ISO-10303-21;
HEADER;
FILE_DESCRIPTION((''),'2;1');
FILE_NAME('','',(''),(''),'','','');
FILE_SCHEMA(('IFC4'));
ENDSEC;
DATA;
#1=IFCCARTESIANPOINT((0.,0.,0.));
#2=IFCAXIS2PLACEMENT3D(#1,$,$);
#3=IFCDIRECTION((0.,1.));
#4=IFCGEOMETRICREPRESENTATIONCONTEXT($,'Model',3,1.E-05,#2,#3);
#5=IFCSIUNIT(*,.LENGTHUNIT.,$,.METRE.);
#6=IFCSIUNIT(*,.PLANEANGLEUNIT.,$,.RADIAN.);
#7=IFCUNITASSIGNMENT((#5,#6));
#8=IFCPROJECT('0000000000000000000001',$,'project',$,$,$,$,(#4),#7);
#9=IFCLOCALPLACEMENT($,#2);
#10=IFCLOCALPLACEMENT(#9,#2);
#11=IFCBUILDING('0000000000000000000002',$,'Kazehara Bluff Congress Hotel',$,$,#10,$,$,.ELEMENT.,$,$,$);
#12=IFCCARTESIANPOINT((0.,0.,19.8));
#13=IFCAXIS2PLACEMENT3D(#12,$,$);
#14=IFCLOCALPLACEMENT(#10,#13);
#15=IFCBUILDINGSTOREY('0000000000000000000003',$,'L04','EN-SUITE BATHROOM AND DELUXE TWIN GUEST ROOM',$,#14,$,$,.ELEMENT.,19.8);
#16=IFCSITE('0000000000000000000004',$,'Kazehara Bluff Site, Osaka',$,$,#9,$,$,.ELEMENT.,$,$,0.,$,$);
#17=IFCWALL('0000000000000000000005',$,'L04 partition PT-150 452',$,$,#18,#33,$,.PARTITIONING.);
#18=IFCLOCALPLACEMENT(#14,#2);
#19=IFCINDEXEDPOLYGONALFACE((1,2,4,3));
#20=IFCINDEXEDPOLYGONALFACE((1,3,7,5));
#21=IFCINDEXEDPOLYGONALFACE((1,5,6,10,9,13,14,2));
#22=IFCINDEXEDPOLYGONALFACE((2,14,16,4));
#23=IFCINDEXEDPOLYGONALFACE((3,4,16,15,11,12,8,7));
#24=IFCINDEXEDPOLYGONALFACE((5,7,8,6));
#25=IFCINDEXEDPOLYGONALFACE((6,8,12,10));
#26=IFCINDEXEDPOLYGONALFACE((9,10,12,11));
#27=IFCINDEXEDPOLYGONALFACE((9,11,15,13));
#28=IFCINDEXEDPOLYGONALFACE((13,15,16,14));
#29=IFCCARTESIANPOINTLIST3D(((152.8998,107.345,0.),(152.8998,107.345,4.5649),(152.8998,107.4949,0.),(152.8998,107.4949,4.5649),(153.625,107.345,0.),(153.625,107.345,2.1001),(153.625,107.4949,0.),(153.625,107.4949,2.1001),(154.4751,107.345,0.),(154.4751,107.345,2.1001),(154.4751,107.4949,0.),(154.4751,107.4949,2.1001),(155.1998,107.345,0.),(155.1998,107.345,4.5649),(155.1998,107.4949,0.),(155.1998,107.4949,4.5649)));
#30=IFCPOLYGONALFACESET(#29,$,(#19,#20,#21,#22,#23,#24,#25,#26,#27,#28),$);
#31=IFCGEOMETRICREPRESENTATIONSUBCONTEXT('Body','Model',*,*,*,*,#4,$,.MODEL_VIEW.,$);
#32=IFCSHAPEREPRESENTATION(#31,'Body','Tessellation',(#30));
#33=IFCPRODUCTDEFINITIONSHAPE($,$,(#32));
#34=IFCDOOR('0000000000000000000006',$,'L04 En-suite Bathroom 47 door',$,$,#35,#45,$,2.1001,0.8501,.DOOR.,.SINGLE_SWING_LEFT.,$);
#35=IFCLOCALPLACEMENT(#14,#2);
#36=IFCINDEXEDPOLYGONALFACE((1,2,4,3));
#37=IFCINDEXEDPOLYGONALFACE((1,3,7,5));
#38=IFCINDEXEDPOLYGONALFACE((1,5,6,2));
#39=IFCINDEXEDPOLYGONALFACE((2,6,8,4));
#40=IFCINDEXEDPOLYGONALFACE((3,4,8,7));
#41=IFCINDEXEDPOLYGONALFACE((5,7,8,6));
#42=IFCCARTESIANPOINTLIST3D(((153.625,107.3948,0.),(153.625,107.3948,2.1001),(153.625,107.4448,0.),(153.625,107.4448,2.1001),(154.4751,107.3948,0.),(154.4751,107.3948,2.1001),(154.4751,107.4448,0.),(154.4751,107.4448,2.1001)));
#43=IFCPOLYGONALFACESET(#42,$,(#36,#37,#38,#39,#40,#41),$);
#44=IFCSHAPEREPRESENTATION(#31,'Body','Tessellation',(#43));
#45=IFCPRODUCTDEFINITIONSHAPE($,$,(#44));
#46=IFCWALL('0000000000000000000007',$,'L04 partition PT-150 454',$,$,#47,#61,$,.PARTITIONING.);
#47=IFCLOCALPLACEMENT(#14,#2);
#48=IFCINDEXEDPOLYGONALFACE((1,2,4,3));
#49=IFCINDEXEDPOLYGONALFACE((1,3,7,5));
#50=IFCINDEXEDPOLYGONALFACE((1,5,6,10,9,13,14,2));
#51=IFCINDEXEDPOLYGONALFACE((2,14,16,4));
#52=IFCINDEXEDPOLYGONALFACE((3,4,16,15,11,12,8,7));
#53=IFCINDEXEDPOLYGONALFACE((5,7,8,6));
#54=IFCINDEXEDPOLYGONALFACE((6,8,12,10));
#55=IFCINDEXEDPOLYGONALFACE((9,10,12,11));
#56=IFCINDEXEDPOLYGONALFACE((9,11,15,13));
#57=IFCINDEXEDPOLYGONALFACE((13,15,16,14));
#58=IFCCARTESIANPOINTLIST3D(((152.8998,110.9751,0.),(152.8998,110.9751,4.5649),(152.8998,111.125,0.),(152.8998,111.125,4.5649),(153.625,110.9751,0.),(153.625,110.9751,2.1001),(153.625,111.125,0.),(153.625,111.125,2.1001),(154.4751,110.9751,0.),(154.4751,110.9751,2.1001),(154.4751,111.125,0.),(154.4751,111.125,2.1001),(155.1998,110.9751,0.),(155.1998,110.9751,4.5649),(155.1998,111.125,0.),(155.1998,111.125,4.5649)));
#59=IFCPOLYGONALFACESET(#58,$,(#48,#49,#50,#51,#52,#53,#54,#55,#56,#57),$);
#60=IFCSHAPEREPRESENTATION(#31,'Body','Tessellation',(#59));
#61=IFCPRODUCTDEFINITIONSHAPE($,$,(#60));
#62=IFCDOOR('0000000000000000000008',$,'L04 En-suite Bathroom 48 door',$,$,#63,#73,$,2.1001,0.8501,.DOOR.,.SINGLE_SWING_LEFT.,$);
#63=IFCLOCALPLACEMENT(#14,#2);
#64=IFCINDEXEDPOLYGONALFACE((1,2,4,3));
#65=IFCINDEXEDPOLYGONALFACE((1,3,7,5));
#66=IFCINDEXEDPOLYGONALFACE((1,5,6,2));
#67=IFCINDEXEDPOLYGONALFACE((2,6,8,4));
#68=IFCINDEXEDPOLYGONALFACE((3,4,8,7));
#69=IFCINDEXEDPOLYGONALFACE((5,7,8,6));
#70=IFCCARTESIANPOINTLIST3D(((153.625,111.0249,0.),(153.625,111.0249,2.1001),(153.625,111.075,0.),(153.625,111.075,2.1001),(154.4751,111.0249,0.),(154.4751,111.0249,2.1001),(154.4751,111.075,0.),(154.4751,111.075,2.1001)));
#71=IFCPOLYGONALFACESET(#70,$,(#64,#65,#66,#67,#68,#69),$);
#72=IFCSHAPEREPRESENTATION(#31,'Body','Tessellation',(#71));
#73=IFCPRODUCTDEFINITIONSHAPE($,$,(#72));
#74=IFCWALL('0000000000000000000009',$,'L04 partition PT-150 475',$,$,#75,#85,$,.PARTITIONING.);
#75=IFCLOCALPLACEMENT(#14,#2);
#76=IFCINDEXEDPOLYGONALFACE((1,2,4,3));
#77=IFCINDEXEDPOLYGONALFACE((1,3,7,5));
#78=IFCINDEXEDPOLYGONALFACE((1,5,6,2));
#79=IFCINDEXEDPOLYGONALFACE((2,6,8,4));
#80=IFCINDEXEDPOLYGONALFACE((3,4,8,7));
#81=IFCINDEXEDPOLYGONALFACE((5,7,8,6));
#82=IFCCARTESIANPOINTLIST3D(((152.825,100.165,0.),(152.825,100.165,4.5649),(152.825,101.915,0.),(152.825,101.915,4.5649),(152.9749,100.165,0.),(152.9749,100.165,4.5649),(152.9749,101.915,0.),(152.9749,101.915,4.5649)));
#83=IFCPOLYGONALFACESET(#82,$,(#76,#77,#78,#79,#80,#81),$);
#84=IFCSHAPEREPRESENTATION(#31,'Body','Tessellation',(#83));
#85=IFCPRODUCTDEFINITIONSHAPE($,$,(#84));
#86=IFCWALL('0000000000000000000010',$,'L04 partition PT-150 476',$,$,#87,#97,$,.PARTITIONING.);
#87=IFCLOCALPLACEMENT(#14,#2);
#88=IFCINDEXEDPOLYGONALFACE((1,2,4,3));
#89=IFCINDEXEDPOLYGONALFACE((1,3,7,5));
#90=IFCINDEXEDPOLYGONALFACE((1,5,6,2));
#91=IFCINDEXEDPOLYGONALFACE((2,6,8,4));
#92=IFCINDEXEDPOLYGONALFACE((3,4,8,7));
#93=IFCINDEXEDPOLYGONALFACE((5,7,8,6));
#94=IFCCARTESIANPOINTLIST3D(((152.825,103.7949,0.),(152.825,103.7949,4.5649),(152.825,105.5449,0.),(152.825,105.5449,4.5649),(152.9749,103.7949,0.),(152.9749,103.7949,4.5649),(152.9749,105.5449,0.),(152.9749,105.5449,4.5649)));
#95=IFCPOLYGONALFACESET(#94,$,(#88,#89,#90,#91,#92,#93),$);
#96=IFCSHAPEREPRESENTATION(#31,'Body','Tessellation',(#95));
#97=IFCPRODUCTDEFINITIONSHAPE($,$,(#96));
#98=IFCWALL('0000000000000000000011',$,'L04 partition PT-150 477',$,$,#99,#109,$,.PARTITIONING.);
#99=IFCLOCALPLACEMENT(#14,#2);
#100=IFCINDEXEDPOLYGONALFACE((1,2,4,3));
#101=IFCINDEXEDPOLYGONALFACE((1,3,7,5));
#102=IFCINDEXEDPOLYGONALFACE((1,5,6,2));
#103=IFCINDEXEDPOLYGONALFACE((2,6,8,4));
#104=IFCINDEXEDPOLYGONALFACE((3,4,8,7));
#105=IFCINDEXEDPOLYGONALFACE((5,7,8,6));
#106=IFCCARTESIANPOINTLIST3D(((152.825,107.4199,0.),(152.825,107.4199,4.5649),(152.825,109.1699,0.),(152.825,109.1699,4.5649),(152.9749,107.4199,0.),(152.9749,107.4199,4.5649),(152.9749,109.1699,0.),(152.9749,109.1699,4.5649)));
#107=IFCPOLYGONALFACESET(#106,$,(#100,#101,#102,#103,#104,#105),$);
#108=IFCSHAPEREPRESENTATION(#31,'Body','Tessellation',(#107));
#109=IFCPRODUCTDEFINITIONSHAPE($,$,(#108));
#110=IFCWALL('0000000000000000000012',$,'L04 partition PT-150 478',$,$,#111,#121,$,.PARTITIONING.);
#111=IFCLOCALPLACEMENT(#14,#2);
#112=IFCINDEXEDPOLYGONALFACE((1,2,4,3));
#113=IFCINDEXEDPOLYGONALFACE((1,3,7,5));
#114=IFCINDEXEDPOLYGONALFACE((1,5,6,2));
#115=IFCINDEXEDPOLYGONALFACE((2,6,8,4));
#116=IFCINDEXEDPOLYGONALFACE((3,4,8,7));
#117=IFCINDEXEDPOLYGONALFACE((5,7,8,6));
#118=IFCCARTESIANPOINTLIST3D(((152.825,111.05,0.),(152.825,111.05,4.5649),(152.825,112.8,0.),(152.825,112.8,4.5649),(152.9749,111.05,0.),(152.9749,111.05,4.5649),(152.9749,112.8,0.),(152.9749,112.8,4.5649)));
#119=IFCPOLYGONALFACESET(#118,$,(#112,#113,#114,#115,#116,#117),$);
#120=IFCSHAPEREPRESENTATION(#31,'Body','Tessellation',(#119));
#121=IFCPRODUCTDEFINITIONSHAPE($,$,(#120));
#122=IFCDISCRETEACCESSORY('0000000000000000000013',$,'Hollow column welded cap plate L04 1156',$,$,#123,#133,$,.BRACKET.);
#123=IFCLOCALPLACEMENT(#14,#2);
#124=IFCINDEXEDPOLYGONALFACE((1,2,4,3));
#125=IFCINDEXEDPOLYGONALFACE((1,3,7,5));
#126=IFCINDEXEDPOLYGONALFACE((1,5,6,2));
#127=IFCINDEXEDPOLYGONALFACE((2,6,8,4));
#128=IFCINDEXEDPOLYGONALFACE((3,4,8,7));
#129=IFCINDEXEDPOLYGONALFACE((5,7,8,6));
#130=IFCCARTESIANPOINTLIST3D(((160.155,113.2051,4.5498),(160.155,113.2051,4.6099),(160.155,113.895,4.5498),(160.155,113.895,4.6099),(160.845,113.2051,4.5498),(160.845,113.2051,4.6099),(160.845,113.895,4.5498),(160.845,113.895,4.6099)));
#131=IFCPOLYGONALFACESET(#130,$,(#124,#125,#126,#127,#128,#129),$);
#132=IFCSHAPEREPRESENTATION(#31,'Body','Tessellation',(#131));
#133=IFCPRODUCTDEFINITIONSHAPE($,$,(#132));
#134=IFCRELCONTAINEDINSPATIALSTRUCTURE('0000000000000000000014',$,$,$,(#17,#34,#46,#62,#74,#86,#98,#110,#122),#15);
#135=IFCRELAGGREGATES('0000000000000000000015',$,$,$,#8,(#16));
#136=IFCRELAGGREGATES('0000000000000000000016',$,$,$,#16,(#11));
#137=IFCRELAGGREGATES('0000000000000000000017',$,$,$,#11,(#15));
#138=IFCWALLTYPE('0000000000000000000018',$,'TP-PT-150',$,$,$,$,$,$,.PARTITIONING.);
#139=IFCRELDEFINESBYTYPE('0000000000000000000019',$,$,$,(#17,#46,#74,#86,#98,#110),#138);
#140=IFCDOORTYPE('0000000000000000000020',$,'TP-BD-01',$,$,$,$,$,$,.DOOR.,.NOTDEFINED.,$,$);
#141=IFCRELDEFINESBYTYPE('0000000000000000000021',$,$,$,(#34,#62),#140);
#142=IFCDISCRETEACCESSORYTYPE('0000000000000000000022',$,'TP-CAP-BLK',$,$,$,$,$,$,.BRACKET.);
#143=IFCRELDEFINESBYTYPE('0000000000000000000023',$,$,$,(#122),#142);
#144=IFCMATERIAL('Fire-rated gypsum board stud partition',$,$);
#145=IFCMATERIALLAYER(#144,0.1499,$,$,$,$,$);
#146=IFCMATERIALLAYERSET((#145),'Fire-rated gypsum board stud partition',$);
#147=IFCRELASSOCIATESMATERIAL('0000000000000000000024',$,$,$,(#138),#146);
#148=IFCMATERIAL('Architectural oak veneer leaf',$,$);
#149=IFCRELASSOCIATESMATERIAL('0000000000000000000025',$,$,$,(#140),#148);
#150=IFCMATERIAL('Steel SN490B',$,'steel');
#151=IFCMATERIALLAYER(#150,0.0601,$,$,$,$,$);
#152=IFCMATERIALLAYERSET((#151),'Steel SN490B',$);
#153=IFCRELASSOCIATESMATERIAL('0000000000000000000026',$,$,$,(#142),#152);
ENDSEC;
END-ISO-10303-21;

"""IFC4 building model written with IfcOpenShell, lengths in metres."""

from ifc_helpers import new_model, si_unit, direction, frame, frame_2d, origin, origin_2d, place, context, subcontext, project, spatial, rectangle, extrude, material, layer, layer_set, type_object, element, fill, save


model = new_model("IFC4")

# Units and contexts
model_context = context("Model", 3, precision=1e-05, world=origin(), true_north=direction((0.0, 1.0)))
body_context = subcontext(model_context, "Body", "Model", "MODEL_VIEW")
ifc_project = project(units=[si_unit("LENGTHUNIT", "METRE"), si_unit("PLANEANGLEUNIT", "RADIAN")], contexts=[model_context])

# Site, building, storey
site_placement = place(None, origin())
site = spatial("IfcSite", under=ifc_project, at=site_placement, Name="Kazehara Bluff Site, Osaka", CompositionType="ELEMENT", RefElevation=0.0)
building_placement = place(site_placement, origin())
building = spatial("IfcBuilding", under=site, at=building_placement, Name="Kazehara Bluff Congress Hotel", CompositionType="ELEMENT")
storey_placement = place(building_placement, frame((0.0, 0.0, 19.8)))
storey = spatial("IfcBuildingStorey", under=building, at=storey_placement, Name="L04", Description="EN-SUITE BATHROOM AND DELUXE TWIN GUEST ROOM", CompositionType="ELEMENT", Elevation=19.8)

# Walls, openings, doors
ifc_material_1 = material(Name="Fire-rated gypsum board stud partition")
ifc_layer_1 = layer(ifc_material_1, 0.1499)
ifc_layer_set_1 = layer_set([ifc_layer_1], Name="Fire-rated gypsum board stud partition")
wall_type = type_object("IfcWallType", Name="TP-PT-150", PredefinedType="PARTITIONING", material=ifc_layer_set_1)
ifc_material_2 = material(Name="Architectural oak veneer leaf")
door_type = type_object("IfcDoorType", Name="TP-BD-01", OperationType="NOTDEFINED", PredefinedType="DOOR", material=ifc_material_2)
wall_1_placement = place(storey_placement, frame((152.8999, 107.4199, 0.0), z_axis=(0.0, 0.0, 1.0), x_axis=(1.0, 0.0, 0.0)))
wall_1 = element("IfcWall", 1, at=wall_1_placement, inside=storey, type_object=wall_type, Name="L04 partition PT-150 452", PredefinedType="PARTITIONING", context=body_context, shape_type="SweptSolid", body=[
    extrude(rectangle(XDim=2.3, YDim=0.1499, at=frame_2d((1.1499, 0.0))), origin(), (0.0, 0.0, 1.0), 4.5649),
])
opening_1_placement = place(wall_1_placement, frame((0.7251, 0.0, 0.0)))
opening_1 = element("IfcOpeningElement", 2, at=opening_1_placement, cuts=wall_1, PredefinedType="OPENING", context=body_context, shape_type="SweptSolid", body=[
    extrude(rectangle(XDim=0.8501, YDim=2.1001, at=frame_2d((0.425, 1.05))), frame((0.0, 0.085, 0.0), z_axis=(0.0, -1.0, 0.0), x_axis=(1.0, 0.0, 0.0)), (0.0, 0.0, 1.0), 0.1699),
])
door_1_placement = place(opening_1_placement, origin())
door_1 = element("IfcDoor", 3, at=door_1_placement, inside=storey, type_object=door_type, Name="L04 En-suite Bathroom 47 door", OperationType="SINGLE_SWING_LEFT", OverallHeight=2.1001, OverallWidth=0.8501, PredefinedType="DOOR", context=body_context, shape_type="SweptSolid", body=[
    extrude(rectangle(XDim=0.8501, YDim=2.1001, at=frame_2d((0.425, 1.05))), frame((0.0, 0.0249, 0.0), z_axis=(0.0, -1.0, 0.0), x_axis=(1.0, 0.0, 0.0)), (0.0, 0.0, 1.0), 0.05),
])
fill(opening_1, door_1)
wall_2_placement = place(storey_placement, frame((152.8999, 111.05, 0.0), z_axis=(0.0, 0.0, 1.0), x_axis=(1.0, 0.0, 0.0)))
wall_2 = element("IfcWall", 4, at=wall_2_placement, inside=storey, type_object=wall_type, Name="L04 partition PT-150 454", PredefinedType="PARTITIONING", context=body_context, shape_type="SweptSolid", body=[
    extrude(rectangle(XDim=2.3, YDim=0.1499, at=frame_2d((1.1499, 0.0))), origin(), (0.0, 0.0, 1.0), 4.5649),
])
opening_2_placement = place(wall_2_placement, frame((0.7251, 0.0, 0.0)))
opening_2 = element("IfcOpeningElement", 5, at=opening_2_placement, cuts=wall_2, PredefinedType="OPENING", context=body_context, shape_type="SweptSolid", body=[
    extrude(rectangle(XDim=0.8501, YDim=2.1001, at=frame_2d((0.425, 1.05))), frame((0.0, 0.085, 0.0), z_axis=(0.0, -1.0, 0.0), x_axis=(1.0, 0.0, 0.0)), (0.0, 0.0, 1.0), 0.1699),
])
door_2_placement = place(opening_2_placement, origin())
door_2 = element("IfcDoor", 6, at=door_2_placement, inside=storey, type_object=door_type, Name="L04 En-suite Bathroom 48 door", OperationType="SINGLE_SWING_LEFT", OverallHeight=2.1001, OverallWidth=0.8501, PredefinedType="DOOR", context=body_context, shape_type="SweptSolid", body=[
    extrude(rectangle(XDim=0.8501, YDim=2.1001, at=frame_2d((0.425, 1.05))), frame((0.0, 0.0249, 0.0), z_axis=(0.0, -1.0, 0.0), x_axis=(1.0, 0.0, 0.0)), (0.0, 0.0, 1.0), 0.05),
])
fill(opening_2, door_2)

# Walls
for number, where, z_axis, x_axis, name in (
    (7, (152.8999, 100.165, 0.0), (0.0, 0.0, 1.0), (0.0, 1.0, 0.0), "L04 partition PT-150 475"),
    (8, (152.8999, 103.7949, 0.0), (0.0, 0.0, 1.0), (0.0, 1.0, 0.0), "L04 partition PT-150 476"),
    (9, (152.8999, 107.4199, 0.0), (0.0, 0.0, 1.0), (0.0, 1.0, 0.0), "L04 partition PT-150 477"),
    (10, (152.8999, 111.05, 0.0), (0.0, 0.0, 1.0), (0.0, 1.0, 0.0), "L04 partition PT-150 478"),
):
    element("IfcWall", number, at=place(storey_placement, frame(where, z_axis=z_axis, x_axis=x_axis)), inside=storey, type_object=wall_type, Name=name, PredefinedType="PARTITIONING", context=body_context, shape_type="SweptSolid", body=[
        extrude(rectangle(XDim=1.75, YDim=0.1499, at=frame_2d((0.875, 0.0))), origin(), (0.0, 0.0, 1.0), 4.5649),
    ])

# Discrete accessory
ifc_material_3 = material(Name="Steel SN490B", Category="steel")
ifc_layer_2 = layer(ifc_material_3, 0.0601)
ifc_layer_set_2 = layer_set([ifc_layer_2], Name="Steel SN490B")
discrete_accessory_type = type_object("IfcDiscreteAccessoryType", Name="TP-CAP-BLK", PredefinedType="BRACKET", material=ifc_layer_set_2)
discrete_accessory_placement = place(storey_placement, frame((160.5, 113.55, 4.5498), z_axis=(0.0, 0.0, 1.0), x_axis=(1.0, 0.0, 0.0)))
element("IfcDiscreteAccessory", 11, at=discrete_accessory_placement, inside=storey, type_object=discrete_accessory_type, Name="Hollow column welded cap plate L04 1156", PredefinedType="BRACKET", context=body_context, shape_type="SweptSolid", body=[
    extrude(rectangle(XDim=0.6899, YDim=0.6899, at=origin_2d()), origin(), (0.0, 0.0, 1.0), 0.0601),
])

save(model, "model.ifc")
